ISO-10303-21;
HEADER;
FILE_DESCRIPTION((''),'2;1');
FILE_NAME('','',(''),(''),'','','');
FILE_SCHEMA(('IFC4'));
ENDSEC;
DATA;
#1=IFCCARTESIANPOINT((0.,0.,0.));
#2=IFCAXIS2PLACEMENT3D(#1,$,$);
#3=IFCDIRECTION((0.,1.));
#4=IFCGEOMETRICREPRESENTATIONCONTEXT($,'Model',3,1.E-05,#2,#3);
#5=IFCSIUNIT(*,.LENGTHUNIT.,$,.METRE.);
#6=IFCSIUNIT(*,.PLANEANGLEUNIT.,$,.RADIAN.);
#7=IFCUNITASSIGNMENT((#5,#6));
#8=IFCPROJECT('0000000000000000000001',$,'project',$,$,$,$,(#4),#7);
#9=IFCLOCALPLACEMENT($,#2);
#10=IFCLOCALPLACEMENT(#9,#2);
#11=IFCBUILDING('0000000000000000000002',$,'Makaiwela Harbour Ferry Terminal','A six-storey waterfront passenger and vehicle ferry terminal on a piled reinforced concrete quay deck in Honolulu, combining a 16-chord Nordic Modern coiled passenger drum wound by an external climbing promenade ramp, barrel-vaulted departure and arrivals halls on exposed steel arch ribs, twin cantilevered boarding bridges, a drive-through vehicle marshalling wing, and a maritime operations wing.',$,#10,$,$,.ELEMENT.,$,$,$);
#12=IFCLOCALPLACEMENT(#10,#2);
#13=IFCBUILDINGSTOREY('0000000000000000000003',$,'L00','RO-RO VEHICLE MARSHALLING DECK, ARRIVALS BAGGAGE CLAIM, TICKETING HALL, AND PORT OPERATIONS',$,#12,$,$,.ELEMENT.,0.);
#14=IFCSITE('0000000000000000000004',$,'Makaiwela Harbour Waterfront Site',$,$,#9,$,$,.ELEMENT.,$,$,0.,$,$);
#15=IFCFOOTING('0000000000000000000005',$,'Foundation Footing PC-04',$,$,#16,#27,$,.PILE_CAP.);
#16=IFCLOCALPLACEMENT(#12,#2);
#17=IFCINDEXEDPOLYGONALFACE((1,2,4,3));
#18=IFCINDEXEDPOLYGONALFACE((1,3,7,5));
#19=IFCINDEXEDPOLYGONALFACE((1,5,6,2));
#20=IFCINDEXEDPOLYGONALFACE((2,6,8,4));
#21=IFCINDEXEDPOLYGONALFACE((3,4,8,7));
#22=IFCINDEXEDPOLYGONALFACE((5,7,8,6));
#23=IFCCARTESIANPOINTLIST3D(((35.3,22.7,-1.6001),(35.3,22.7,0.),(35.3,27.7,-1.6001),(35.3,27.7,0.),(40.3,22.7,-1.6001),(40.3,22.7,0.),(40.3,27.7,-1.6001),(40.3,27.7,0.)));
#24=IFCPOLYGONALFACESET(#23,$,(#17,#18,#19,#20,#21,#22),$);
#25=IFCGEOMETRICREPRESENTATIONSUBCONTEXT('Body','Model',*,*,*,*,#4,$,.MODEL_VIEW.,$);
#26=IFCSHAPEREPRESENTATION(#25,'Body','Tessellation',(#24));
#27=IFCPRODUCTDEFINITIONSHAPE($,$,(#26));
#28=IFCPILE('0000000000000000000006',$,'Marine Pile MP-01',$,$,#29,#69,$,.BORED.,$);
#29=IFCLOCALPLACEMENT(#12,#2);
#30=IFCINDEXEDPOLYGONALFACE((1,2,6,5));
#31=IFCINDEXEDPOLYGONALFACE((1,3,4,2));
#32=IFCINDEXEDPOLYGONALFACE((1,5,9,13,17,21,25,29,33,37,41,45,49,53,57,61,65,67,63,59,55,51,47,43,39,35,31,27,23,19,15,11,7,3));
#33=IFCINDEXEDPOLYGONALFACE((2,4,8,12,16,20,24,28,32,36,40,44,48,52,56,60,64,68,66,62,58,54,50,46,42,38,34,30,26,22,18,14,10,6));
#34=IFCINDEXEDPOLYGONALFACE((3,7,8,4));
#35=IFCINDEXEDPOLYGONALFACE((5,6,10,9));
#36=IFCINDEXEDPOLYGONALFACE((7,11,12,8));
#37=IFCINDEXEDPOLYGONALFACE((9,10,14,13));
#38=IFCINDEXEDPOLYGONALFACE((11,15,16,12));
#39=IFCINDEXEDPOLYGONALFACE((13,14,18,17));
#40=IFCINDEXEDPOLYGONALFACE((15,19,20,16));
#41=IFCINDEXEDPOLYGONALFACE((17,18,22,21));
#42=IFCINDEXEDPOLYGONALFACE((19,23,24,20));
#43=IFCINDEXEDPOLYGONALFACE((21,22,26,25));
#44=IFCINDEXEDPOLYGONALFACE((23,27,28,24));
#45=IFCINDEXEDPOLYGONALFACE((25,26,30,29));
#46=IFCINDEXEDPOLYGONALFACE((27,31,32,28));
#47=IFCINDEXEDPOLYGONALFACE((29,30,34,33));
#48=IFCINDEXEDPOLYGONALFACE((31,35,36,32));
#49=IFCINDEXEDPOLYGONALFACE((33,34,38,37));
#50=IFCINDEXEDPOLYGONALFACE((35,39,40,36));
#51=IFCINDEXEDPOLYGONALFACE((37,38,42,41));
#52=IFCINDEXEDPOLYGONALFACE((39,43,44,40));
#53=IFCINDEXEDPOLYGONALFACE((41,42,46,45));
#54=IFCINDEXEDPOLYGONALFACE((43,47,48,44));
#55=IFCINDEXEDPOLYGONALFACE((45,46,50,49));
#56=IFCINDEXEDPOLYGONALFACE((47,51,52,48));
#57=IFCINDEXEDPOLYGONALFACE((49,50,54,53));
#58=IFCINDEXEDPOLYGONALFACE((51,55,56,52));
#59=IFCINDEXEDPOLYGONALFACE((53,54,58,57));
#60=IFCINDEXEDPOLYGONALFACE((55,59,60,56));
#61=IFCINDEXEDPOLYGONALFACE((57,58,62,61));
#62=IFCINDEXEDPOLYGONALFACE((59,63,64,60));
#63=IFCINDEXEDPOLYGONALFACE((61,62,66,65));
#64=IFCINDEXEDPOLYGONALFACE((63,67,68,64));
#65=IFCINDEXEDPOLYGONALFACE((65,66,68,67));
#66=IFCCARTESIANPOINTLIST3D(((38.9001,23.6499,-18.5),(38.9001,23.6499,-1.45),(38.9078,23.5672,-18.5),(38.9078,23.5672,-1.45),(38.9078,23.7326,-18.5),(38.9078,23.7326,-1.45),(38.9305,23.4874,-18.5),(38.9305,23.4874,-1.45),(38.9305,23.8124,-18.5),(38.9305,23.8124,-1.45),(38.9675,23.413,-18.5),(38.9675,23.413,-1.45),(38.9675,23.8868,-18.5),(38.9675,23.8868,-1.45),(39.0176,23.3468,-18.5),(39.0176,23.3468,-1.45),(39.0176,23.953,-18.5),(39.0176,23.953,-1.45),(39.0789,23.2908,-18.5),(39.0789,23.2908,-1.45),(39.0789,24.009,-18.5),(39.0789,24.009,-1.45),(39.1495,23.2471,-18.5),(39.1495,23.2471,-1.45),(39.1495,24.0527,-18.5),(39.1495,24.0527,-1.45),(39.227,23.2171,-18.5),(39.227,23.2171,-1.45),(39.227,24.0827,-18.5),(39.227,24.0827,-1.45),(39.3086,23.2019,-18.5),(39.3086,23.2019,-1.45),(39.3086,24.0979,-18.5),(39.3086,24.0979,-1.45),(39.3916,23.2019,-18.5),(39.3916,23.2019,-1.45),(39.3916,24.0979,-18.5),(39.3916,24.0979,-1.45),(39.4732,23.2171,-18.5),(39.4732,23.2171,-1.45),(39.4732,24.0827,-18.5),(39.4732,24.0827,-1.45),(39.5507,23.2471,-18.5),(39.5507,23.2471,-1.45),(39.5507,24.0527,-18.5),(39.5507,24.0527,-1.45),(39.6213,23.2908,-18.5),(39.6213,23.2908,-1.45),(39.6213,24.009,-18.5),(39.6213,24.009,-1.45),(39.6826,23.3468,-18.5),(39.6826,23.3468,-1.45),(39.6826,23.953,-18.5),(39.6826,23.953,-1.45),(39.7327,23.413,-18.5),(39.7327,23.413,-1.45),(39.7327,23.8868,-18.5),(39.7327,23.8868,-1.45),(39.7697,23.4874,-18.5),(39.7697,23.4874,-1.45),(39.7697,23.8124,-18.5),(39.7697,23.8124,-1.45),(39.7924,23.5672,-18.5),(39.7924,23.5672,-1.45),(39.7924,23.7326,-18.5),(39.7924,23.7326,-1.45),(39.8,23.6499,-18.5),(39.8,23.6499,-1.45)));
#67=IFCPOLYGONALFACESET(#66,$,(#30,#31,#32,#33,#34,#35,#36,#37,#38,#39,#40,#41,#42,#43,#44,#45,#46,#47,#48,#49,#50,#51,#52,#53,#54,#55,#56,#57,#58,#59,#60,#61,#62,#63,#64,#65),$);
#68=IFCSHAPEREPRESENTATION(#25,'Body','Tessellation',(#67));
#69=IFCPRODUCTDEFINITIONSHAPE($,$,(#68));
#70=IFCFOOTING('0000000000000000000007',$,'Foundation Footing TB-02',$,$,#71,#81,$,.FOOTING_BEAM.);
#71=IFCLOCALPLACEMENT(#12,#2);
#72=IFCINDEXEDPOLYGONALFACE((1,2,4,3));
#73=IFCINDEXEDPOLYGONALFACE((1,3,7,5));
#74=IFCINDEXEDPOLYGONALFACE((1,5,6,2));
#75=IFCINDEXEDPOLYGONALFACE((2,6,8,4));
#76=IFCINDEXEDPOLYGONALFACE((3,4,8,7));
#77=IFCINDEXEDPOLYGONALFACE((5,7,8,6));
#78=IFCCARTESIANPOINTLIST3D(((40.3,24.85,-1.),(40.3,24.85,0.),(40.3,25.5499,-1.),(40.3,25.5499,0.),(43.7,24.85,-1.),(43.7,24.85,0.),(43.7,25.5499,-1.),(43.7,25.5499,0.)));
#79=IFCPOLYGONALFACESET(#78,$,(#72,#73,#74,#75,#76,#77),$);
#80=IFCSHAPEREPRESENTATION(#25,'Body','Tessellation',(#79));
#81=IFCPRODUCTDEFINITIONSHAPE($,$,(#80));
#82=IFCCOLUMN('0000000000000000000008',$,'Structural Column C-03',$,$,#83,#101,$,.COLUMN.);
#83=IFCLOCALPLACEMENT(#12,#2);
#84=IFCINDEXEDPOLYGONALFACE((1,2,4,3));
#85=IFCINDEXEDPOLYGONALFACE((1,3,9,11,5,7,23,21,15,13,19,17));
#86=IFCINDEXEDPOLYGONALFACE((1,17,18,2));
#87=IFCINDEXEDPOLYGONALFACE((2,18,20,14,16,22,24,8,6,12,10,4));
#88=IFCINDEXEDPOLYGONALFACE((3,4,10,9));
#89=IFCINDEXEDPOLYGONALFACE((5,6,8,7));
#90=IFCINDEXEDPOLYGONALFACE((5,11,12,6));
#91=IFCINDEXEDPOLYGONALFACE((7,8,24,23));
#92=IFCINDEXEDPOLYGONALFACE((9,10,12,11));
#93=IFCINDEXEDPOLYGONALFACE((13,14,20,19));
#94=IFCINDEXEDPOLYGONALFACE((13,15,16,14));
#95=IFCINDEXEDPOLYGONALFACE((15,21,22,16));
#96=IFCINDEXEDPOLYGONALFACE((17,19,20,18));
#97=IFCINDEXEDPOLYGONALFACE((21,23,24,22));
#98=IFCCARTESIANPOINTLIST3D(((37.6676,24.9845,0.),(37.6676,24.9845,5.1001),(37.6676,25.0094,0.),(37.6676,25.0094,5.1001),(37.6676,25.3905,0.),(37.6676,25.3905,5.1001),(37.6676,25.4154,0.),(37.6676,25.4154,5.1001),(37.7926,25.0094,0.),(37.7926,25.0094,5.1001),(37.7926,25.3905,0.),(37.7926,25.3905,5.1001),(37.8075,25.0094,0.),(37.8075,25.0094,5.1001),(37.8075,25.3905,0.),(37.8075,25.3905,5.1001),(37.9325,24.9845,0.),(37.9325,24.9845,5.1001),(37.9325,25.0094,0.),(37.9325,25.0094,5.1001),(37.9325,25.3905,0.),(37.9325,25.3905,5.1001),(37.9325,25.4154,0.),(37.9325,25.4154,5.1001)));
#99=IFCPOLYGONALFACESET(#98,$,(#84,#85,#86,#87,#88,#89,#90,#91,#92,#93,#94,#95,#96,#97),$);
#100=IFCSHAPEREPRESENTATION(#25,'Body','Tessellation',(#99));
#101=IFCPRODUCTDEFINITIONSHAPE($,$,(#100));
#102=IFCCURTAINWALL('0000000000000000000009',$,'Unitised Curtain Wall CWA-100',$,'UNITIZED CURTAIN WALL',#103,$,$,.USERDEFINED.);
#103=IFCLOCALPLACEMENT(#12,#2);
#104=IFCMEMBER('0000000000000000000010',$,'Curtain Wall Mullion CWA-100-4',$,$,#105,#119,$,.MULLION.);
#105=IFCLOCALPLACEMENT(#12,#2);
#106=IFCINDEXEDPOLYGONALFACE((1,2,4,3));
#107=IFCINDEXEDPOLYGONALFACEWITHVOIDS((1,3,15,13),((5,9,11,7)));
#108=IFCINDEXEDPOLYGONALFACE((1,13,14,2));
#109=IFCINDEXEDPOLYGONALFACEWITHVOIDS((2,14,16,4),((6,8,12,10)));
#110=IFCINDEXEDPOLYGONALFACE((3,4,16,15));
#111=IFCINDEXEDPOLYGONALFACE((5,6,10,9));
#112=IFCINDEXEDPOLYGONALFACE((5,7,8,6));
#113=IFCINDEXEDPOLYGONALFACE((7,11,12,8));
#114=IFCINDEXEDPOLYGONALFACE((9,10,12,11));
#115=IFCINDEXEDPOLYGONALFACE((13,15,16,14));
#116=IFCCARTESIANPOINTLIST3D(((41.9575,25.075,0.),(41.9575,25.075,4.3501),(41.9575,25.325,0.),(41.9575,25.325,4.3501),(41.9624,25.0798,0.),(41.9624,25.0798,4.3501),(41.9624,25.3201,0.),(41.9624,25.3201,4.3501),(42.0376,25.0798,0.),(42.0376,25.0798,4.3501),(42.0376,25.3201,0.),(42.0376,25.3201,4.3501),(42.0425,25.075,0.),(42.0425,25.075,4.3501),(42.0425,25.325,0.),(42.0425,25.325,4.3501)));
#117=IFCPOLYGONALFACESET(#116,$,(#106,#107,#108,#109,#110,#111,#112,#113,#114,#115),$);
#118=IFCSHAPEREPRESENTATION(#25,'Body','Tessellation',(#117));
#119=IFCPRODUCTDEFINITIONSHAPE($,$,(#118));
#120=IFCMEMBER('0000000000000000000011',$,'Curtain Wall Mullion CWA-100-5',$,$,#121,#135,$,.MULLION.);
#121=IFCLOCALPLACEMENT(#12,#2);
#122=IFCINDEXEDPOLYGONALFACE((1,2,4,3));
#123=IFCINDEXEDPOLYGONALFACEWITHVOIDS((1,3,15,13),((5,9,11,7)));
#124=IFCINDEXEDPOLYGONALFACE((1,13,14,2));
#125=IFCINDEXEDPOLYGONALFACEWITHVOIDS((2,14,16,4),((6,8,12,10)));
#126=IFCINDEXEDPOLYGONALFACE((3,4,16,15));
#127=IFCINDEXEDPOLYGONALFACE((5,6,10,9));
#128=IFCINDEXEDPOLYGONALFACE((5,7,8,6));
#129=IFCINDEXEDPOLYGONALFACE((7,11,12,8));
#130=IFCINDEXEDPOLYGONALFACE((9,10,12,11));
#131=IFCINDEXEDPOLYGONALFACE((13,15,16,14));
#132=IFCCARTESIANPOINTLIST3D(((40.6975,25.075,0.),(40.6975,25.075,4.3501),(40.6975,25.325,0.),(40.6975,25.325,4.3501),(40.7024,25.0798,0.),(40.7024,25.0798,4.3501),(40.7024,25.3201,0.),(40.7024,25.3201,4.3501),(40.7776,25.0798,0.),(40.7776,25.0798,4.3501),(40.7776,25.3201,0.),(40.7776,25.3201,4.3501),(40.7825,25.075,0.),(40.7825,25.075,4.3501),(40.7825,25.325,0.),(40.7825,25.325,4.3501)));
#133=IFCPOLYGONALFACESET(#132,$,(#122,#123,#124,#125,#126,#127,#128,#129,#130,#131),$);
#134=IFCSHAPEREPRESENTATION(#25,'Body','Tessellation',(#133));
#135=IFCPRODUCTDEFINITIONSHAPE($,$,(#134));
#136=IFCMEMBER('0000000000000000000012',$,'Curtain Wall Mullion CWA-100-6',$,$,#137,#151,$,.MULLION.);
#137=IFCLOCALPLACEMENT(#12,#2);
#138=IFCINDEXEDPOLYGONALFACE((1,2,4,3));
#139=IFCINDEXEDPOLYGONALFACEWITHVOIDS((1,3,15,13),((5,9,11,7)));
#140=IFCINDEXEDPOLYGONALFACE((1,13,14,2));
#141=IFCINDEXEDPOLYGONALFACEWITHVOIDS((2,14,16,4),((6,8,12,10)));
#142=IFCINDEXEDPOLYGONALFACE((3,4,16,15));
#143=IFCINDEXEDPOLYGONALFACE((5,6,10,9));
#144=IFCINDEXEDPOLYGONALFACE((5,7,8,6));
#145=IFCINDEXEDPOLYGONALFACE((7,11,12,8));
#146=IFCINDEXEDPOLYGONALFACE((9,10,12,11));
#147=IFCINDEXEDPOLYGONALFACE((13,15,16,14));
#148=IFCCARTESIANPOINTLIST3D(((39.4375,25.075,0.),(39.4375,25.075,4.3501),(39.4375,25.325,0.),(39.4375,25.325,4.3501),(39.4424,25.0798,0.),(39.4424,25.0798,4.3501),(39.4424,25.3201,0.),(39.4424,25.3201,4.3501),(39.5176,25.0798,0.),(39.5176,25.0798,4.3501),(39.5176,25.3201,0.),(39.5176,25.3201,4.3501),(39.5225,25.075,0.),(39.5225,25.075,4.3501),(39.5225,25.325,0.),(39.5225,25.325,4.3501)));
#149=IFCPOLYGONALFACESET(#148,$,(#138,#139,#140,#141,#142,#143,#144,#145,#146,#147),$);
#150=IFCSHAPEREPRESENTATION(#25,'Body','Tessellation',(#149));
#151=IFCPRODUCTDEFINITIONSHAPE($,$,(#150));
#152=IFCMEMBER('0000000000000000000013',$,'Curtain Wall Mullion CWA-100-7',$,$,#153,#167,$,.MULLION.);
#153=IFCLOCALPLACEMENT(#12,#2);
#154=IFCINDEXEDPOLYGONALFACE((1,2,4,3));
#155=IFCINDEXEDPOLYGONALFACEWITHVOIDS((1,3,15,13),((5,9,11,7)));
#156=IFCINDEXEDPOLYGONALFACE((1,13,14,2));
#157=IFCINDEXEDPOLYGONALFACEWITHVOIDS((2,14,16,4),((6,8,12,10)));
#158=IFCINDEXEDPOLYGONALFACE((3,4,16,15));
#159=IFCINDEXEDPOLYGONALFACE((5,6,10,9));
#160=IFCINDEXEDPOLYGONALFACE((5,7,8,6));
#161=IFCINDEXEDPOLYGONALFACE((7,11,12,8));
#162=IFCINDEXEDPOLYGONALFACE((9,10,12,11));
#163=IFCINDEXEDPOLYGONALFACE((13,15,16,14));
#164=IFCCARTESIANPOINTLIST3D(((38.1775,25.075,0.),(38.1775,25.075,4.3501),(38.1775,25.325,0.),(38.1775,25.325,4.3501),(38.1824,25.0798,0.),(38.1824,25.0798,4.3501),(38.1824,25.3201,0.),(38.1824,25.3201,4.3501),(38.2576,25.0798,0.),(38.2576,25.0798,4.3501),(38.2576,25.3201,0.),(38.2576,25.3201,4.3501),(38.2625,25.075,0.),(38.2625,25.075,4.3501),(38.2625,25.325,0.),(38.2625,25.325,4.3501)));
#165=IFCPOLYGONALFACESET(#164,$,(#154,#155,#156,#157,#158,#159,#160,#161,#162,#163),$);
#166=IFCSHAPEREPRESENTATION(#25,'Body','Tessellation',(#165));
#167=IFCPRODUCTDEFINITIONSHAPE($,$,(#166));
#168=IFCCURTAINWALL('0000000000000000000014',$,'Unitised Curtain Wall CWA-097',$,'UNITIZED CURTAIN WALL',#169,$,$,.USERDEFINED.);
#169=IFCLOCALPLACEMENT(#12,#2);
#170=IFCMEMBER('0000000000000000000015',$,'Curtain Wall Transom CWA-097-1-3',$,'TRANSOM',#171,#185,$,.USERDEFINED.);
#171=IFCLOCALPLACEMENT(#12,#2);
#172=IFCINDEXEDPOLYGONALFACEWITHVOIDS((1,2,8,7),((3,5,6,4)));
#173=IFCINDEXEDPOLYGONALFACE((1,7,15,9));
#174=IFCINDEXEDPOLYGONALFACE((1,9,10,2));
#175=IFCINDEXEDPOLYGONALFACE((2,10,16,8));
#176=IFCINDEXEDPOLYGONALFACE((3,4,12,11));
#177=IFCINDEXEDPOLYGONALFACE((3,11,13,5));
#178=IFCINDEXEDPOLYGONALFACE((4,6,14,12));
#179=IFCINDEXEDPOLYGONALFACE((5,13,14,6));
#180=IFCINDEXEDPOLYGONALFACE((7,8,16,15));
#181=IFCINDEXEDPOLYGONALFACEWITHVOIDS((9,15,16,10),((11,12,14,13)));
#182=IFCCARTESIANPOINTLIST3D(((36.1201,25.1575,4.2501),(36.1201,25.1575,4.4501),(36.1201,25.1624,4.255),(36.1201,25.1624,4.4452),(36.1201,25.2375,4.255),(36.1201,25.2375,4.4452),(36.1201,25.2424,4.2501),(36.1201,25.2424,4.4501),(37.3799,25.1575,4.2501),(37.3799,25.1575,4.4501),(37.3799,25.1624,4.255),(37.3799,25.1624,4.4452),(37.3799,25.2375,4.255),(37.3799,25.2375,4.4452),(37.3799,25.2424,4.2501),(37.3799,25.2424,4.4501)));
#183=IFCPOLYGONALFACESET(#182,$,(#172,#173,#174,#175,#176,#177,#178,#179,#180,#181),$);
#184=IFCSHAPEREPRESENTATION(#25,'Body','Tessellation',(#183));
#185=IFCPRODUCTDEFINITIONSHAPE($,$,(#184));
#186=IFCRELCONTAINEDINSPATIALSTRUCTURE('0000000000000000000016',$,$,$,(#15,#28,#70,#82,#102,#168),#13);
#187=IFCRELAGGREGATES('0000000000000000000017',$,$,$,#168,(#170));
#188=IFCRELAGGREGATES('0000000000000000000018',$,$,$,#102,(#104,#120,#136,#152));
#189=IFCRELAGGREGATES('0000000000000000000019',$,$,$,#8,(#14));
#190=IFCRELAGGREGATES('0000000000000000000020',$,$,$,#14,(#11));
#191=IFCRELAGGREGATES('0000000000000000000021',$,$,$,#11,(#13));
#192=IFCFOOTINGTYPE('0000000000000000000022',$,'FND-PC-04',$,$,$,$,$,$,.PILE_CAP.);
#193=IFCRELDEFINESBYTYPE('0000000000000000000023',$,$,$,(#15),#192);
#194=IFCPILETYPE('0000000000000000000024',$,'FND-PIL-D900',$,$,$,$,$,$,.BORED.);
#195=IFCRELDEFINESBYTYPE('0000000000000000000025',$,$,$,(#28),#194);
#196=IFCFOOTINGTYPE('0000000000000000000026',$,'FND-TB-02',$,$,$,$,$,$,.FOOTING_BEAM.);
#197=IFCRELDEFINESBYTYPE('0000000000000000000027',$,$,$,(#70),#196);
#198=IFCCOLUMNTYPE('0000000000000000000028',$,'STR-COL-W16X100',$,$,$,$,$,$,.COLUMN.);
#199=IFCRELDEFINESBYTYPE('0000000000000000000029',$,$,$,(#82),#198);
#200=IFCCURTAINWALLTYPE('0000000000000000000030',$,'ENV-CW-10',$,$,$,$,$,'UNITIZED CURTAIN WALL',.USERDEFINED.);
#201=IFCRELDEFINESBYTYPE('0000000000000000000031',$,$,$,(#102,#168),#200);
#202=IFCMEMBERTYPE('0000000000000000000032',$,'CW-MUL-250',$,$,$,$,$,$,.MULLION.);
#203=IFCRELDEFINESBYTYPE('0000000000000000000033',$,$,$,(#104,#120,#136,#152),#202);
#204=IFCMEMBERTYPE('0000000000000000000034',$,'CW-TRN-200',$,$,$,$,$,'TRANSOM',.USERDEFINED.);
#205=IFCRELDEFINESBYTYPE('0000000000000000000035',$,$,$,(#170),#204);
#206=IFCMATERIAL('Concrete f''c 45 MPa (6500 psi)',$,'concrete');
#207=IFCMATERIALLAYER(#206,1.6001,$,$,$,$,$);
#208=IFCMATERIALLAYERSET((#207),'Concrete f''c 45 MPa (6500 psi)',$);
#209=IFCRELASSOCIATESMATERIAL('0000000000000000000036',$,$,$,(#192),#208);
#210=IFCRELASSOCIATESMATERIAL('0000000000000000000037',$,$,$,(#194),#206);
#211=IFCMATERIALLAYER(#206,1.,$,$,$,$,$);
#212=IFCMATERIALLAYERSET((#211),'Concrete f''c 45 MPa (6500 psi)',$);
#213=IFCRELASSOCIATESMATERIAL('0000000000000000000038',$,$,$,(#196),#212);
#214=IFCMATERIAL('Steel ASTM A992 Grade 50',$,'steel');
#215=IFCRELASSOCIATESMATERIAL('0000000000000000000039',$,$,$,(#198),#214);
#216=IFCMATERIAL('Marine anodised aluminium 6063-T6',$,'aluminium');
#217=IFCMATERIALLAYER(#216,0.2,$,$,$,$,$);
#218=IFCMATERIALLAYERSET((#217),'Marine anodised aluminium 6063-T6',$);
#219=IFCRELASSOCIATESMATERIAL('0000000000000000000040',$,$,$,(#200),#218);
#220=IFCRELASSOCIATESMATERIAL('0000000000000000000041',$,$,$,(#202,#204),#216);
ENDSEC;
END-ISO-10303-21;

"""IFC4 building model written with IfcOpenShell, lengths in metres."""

from ifc_helpers import new_model, si_unit, direction, frame, origin, origin_2d, place, context, subcontext, project, spatial, rectangle, hollow_rectangle, circle, i_section, extrude, material, layer, layer_set, material_profile, profile_set, type_object, element, aggregate, save


model = new_model("IFC4")

# Units and contexts
model_context = context("Model", 3, precision=1e-05, world=origin(), true_north=direction((0.0, 1.0)))
body_context = subcontext(model_context, "Body", "Model", "MODEL_VIEW")
ifc_project = project(units=[si_unit("LENGTHUNIT", "METRE"), si_unit("PLANEANGLEUNIT", "RADIAN")], contexts=[model_context])

# Site, building, storey
site_placement = place(None, origin())
site = spatial("IfcSite", under=ifc_project, at=site_placement, Name="Makaiwela Harbour Waterfront Site", CompositionType="ELEMENT", RefElevation=0.0)
building_placement = place(site_placement, origin())
building = spatial("IfcBuilding", under=site, at=building_placement, Name="Makaiwela Harbour Ferry Terminal", Description="A six-storey waterfront passenger and vehicle ferry terminal on a piled reinforced concrete quay deck in Honolulu, combining a 16-chord Nordic Modern coiled passenger drum wound by an external climbing promenade ramp, barrel-vaulted departure and arrivals halls on exposed steel arch ribs, twin cantilevered boarding bridges, a drive-through vehicle marshalling wing, and a maritime operations wing.", CompositionType="ELEMENT")
storey_placement = place(building_placement, origin())
storey = spatial("IfcBuildingStorey", under=building, at=storey_placement, Name="L00", Description="RO-RO VEHICLE MARSHALLING DECK, ARRIVALS BAGGAGE CLAIM, TICKETING HALL, AND PORT OPERATIONS", CompositionType="ELEMENT", Elevation=0.0)

# Footing
ifc_material_1 = material(Name="Concrete f'c 45 MPa (6500 psi)", Category="concrete")
ifc_layer_1 = layer(ifc_material_1, 1.6001)
ifc_layer_set_1 = layer_set([ifc_layer_1], Name="Concrete f'c 45 MPa (6500 psi)")
footing_type_1 = type_object("IfcFootingType", Name="FND-PC-04", PredefinedType="PILE_CAP", material=ifc_layer_set_1)
footing_1_placement = place(storey_placement, frame((37.8, 25.2, -1.6001), z_axis=(0.0, 0.0, 1.0), x_axis=(1.0, 0.0, 0.0)))
element("IfcFooting", 1, at=footing_1_placement, inside=storey, type_object=footing_type_1, Name="Foundation Footing PC-04", PredefinedType="PILE_CAP", context=body_context, shape_type="SweptSolid", body=[
    extrude(rectangle(XDim=5.0, YDim=5.0, at=origin_2d()), origin(), (0.0, 0.0, 1.0), 1.6001),
])

# Pile
ifc_material_profile_1 = material_profile(ifc_material_1, circle(Radius=0.45, at=origin_2d()), Name="PILE-D900")
ifc_profile_set_1 = profile_set([ifc_material_profile_1], Name="Concrete f'c 45 MPa (6500 psi)")
pile_type = type_object("IfcPileType", Name="FND-PIL-D900", PredefinedType="BORED", material=ifc_profile_set_1)
pile_placement = place(storey_placement, frame((39.3501, 23.6499, -1.45), z_axis=(0.0, 0.0, -1.0), x_axis=(1.0, 0.0, 0.0)))
element("IfcPile", 2, at=pile_placement, inside=storey, type_object=pile_type, Name="Marine Pile MP-01", PredefinedType="BORED", context=body_context, shape_type="SweptSolid", body=[
    extrude(circle(Radius=0.45, at=origin_2d()), origin(), (0.0, 0.0, 1.0), 17.05),
])

# Footing
ifc_layer_2 = layer(ifc_material_1, 1.0)
ifc_layer_set_2 = layer_set([ifc_layer_2], Name="Concrete f'c 45 MPa (6500 psi)")
footing_type_2 = type_object("IfcFootingType", Name="FND-TB-02", PredefinedType="FOOTING_BEAM", material=ifc_layer_set_2)
footing_2_placement = place(storey_placement, frame((42.0, 25.2, -1.0), z_axis=(0.0, 0.0, 1.0), x_axis=(1.0, 0.0, 0.0)))
element("IfcFooting", 3, at=footing_2_placement, inside=storey, type_object=footing_type_2, Name="Foundation Footing TB-02", PredefinedType="FOOTING_BEAM", context=body_context, shape_type="SweptSolid", body=[
    extrude(rectangle(XDim=3.3999, YDim=0.7, at=origin_2d()), origin(), (0.0, 0.0, 1.0), 1.0),
])

# Column
ifc_material_2 = material(Name="Steel ASTM A992 Grade 50", Category="steel")
ifc_material_profile_2 = material_profile(ifc_material_2, i_section(OverallWidth=0.2649, OverallDepth=0.4309, WebThickness=0.0149, FlangeThickness=0.0249, at=origin_2d()), Name="W16X100")
ifc_profile_set_2 = profile_set([ifc_material_profile_2], Name="Steel ASTM A992 Grade 50")
column_type = type_object("IfcColumnType", Name="STR-COL-W16X100", PredefinedType="COLUMN", material=ifc_profile_set_2)
column_placement = place(storey_placement, frame((37.8, 25.2, 0.0), z_axis=(0.0, 0.0, 1.0), x_axis=(1.0, 0.0, 0.0)))
element("IfcColumn", 4, at=column_placement, inside=storey, type_object=column_type, Name="Structural Column C-03", PredefinedType="COLUMN", context=body_context, shape_type="SweptSolid", body=[
    extrude(i_section(OverallWidth=0.2649, OverallDepth=0.4309, WebThickness=0.0149, FlangeThickness=0.0249, at=origin_2d()), origin(), (0.0, 0.0, 1.0), 5.1001),
])

# Curtain wall, members
ifc_material_3 = material(Name="Marine anodised aluminium 6063-T6", Category="aluminium")
ifc_layer_3 = layer(ifc_material_3, 0.2)
ifc_layer_set_3 = layer_set([ifc_layer_3], Name="Marine anodised aluminium 6063-T6")
curtain_wall_type = type_object("IfcCurtainWallType", Name="ENV-CW-10", ElementType="UNITIZED CURTAIN WALL", PredefinedType="USERDEFINED", material=ifc_layer_set_3)
curtain_wall_1_placement = place(storey_placement, origin())
curtain_wall_1 = element("IfcCurtainWall", 5, at=curtain_wall_1_placement, inside=storey, type_object=curtain_wall_type, Name="Unitised Curtain Wall CWA-100", ObjectType="UNITIZED CURTAIN WALL", PredefinedType="USERDEFINED")
ifc_material_profile_3 = material_profile(ifc_material_3, hollow_rectangle(XDim=0.085, YDim=0.25, WallThickness=0.0049, at=origin_2d()), Name="CWM-250X85")
ifc_profile_set_3 = profile_set([ifc_material_profile_3], Name="Marine anodised aluminium 6063-T6")
member_type_1 = type_object("IfcMemberType", Name="CW-MUL-250", PredefinedType="MULLION", material=ifc_profile_set_3)
member_1_placement = place(storey_placement, frame((42.0, 25.2, 0.0), z_axis=(0.0, 0.0, 1.0), x_axis=(1.0, 0.0, 0.0)))
member_1 = element("IfcMember", 6, at=member_1_placement, type_object=member_type_1, Name="Curtain Wall Mullion CWA-100-4", PredefinedType="MULLION", context=body_context, shape_type="SweptSolid", body=[
    extrude(hollow_rectangle(XDim=0.085, YDim=0.25, WallThickness=0.0049, at=origin_2d()), origin(), (0.0, 0.0, 1.0), 4.3501),
])
member_2_placement = place(storey_placement, frame((40.74, 25.2, 0.0), z_axis=(0.0, 0.0, 1.0), x_axis=(1.0, 0.0, 0.0)))
member_2 = element("IfcMember", 7, at=member_2_placement, type_object=member_type_1, Name="Curtain Wall Mullion CWA-100-5", PredefinedType="MULLION", context=body_context, shape_type="SweptSolid", body=[
    extrude(hollow_rectangle(XDim=0.085, YDim=0.25, WallThickness=0.0049, at=origin_2d()), origin(), (0.0, 0.0, 1.0), 4.3501),
])
member_3_placement = place(storey_placement, frame((39.48, 25.2, 0.0), z_axis=(0.0, 0.0, 1.0), x_axis=(1.0, 0.0, 0.0)))
member_3 = element("IfcMember", 8, at=member_3_placement, type_object=member_type_1, Name="Curtain Wall Mullion CWA-100-6", PredefinedType="MULLION", context=body_context, shape_type="SweptSolid", body=[
    extrude(hollow_rectangle(XDim=0.085, YDim=0.25, WallThickness=0.0049, at=origin_2d()), origin(), (0.0, 0.0, 1.0), 4.3501),
])
member_4_placement = place(storey_placement, frame((38.22, 25.2, 0.0), z_axis=(0.0, 0.0, 1.0), x_axis=(1.0, 0.0, 0.0)))
member_4 = element("IfcMember", 9, at=member_4_placement, type_object=member_type_1, Name="Curtain Wall Mullion CWA-100-7", PredefinedType="MULLION", context=body_context, shape_type="SweptSolid", body=[
    extrude(hollow_rectangle(XDim=0.085, YDim=0.25, WallThickness=0.0049, at=origin_2d()), origin(), (0.0, 0.0, 1.0), 4.3501),
])

# Curtain wall, member
curtain_wall_2_placement = place(storey_placement, origin())
curtain_wall_2 = element("IfcCurtainWall", 10, at=curtain_wall_2_placement, inside=storey, type_object=curtain_wall_type, Name="Unitised Curtain Wall CWA-097", ObjectType="UNITIZED CURTAIN WALL", PredefinedType="USERDEFINED")
ifc_material_profile_4 = material_profile(ifc_material_3, hollow_rectangle(XDim=0.085, YDim=0.2, WallThickness=0.0049, at=origin_2d()), Name="CWT-200X85")
ifc_profile_set_4 = profile_set([ifc_material_profile_4], Name="Marine anodised aluminium 6063-T6")
member_type_2 = type_object("IfcMemberType", Name="CW-TRN-200", ElementType="TRANSOM", PredefinedType="USERDEFINED", material=ifc_profile_set_4)
member_5_placement = place(storey_placement, frame((37.3799, 25.2, 4.3501), z_axis=(-1.0, 0.0, 0.0), x_axis=(0.0, -1.0, 0.0)))
member_5 = element("IfcMember", 11, at=member_5_placement, type_object=member_type_2, Name="Curtain Wall Transom CWA-097-1-3", ObjectType="TRANSOM", PredefinedType="USERDEFINED", context=body_context, shape_type="SweptSolid", body=[
    extrude(hollow_rectangle(XDim=0.085, YDim=0.2, WallThickness=0.0049, at=origin_2d()), origin(), (0.0, 0.0, 1.0), 1.2598),
])
aggregate(curtain_wall_2, [member_5])

aggregate(curtain_wall_1, [member_1, member_2, member_3, member_4])

save(model, "model.ifc")
